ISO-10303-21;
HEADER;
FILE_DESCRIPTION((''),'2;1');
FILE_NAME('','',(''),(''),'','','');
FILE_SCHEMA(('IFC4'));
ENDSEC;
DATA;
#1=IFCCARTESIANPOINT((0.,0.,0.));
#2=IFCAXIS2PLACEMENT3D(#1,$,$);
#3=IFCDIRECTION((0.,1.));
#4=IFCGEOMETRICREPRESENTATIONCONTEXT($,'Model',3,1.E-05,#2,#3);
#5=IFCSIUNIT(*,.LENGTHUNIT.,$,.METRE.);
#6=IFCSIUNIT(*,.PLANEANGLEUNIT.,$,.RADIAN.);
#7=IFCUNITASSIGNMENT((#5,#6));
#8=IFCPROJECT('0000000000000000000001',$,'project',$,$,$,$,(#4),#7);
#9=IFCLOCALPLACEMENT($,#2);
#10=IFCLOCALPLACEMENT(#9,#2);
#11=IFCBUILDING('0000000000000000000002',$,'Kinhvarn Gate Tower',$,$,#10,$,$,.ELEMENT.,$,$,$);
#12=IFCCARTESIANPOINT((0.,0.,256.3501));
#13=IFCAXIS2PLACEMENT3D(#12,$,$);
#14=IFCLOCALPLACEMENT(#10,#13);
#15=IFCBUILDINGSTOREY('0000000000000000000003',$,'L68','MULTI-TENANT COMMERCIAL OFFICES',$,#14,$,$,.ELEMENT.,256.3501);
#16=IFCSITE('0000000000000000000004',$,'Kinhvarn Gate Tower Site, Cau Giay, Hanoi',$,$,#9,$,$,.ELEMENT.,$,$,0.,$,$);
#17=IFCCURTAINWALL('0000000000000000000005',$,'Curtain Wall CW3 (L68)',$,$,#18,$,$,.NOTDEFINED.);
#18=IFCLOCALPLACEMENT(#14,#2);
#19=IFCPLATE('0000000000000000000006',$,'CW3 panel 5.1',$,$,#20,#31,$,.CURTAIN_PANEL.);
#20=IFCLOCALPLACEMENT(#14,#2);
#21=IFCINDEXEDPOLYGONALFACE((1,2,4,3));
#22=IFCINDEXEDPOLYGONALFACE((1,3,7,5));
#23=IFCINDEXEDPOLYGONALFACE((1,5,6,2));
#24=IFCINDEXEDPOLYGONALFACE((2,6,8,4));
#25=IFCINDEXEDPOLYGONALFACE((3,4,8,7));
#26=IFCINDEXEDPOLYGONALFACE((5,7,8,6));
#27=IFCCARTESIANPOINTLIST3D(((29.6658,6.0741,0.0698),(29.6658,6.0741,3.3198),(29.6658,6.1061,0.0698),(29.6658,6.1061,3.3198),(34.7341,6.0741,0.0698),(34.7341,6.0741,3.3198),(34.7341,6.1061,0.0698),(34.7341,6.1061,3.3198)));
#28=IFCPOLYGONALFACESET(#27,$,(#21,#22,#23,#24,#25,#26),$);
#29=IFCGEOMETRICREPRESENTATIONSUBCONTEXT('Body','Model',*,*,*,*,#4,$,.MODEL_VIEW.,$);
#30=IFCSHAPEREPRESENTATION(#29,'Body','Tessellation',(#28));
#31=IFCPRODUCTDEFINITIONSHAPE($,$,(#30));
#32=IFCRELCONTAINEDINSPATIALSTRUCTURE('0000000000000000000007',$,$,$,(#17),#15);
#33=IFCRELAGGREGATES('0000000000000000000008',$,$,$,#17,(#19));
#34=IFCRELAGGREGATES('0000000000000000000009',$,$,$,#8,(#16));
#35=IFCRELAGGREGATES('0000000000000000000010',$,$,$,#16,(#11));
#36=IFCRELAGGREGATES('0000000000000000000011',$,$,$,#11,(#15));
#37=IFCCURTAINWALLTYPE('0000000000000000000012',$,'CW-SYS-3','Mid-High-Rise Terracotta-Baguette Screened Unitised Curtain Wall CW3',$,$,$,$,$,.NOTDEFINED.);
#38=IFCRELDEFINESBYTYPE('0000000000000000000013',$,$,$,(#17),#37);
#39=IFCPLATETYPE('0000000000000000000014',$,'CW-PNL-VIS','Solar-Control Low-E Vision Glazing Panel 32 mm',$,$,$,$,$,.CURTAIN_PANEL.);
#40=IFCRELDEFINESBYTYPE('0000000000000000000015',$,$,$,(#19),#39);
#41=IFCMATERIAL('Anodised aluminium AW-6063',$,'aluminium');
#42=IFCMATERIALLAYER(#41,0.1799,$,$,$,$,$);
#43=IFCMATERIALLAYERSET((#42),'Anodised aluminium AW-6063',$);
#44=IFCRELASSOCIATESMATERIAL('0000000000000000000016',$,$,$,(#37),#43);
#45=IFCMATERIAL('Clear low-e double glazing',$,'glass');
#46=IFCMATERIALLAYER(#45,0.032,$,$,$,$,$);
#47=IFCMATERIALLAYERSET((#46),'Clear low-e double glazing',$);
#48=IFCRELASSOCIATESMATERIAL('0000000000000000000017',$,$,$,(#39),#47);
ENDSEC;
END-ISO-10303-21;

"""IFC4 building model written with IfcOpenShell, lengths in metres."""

from ifc_helpers import new_model, si_unit, direction, frame, origin, origin_2d, place, context, subcontext, project, spatial, rectangle, extrude, material, layer, layer_set, type_object, element, aggregate, save


model = new_model("IFC4")

# Units and contexts
model_context = context("Model", 3, precision=1e-05, world=origin(), true_north=direction((0.0, 1.0)))
body_context = subcontext(model_context, "Body", "Model", "MODEL_VIEW")
ifc_project = project(units=[si_unit("LENGTHUNIT", "METRE"), si_unit("PLANEANGLEUNIT", "RADIAN")], contexts=[model_context])

# Site, building, storey
site_placement = place(None, origin())
site = spatial("IfcSite", under=ifc_project, at=site_placement, Name="Kinhvarn Gate Tower Site, Cau Giay, Hanoi", CompositionType="ELEMENT", RefElevation=0.0)
building_placement = place(site_placement, origin())
building = spatial("IfcBuilding", under=site, at=building_placement, Name="Kinhvarn Gate Tower", CompositionType="ELEMENT")
storey_placement = place(building_placement, frame((0.0, 0.0, 256.3501)))
storey = spatial("IfcBuildingStorey", under=building, at=storey_placement, Name="L68", Description="MULTI-TENANT COMMERCIAL OFFICES", CompositionType="ELEMENT", Elevation=256.3501)

# Curtain wall
ifc_material_1 = material(Name="Anodised aluminium AW-6063", Category="aluminium")
ifc_layer_1 = layer(ifc_material_1, 0.1799)
ifc_layer_set_1 = layer_set([ifc_layer_1], Name="Anodised aluminium AW-6063")
curtain_wall_type = type_object("IfcCurtainWallType", Name="CW-SYS-3", Description="Mid-High-Rise Terracotta-Baguette Screened Unitised Curtain Wall CW3", PredefinedType="NOTDEFINED", material=ifc_layer_set_1)
curtain_wall_placement = place(storey_placement, origin())
curtain_wall = element("IfcCurtainWall", 1, at=curtain_wall_placement, inside=storey, type_object=curtain_wall_type, Name="Curtain Wall CW3 (L68)", PredefinedType="NOTDEFINED")

# Plate
ifc_material_2 = material(Name="Clear low-e double glazing", Category="glass")
ifc_layer_2 = layer(ifc_material_2, 0.032)
ifc_layer_set_2 = layer_set([ifc_layer_2], Name="Clear low-e double glazing")
plate_type = type_object("IfcPlateType", Name="CW-PNL-VIS", Description="Solar-Control Low-E Vision Glazing Panel 32 mm", PredefinedType="CURTAIN_PANEL", material=ifc_layer_set_2)
plate_1_placement = place(storey_placement, frame((32.2, 6.0901, 0.0698), z_axis=(0.0, 0.0, 1.0), x_axis=(1.0, 0.0, 0.0)))
plate_1 = element("IfcPlate", 2, at=plate_1_placement, type_object=plate_type, Name="CW3 panel 5.1", PredefinedType="CURTAIN_PANEL", context=body_context, shape_type="SweptSolid", body=[
    extrude(rectangle(XDim=5.0684, YDim=0.032, at=origin_2d()), origin(), (0.0, 0.0, 1.0), 3.25),
])
aggregate(curtain_wall, [plate_1])

save(model, "model.ifc")
